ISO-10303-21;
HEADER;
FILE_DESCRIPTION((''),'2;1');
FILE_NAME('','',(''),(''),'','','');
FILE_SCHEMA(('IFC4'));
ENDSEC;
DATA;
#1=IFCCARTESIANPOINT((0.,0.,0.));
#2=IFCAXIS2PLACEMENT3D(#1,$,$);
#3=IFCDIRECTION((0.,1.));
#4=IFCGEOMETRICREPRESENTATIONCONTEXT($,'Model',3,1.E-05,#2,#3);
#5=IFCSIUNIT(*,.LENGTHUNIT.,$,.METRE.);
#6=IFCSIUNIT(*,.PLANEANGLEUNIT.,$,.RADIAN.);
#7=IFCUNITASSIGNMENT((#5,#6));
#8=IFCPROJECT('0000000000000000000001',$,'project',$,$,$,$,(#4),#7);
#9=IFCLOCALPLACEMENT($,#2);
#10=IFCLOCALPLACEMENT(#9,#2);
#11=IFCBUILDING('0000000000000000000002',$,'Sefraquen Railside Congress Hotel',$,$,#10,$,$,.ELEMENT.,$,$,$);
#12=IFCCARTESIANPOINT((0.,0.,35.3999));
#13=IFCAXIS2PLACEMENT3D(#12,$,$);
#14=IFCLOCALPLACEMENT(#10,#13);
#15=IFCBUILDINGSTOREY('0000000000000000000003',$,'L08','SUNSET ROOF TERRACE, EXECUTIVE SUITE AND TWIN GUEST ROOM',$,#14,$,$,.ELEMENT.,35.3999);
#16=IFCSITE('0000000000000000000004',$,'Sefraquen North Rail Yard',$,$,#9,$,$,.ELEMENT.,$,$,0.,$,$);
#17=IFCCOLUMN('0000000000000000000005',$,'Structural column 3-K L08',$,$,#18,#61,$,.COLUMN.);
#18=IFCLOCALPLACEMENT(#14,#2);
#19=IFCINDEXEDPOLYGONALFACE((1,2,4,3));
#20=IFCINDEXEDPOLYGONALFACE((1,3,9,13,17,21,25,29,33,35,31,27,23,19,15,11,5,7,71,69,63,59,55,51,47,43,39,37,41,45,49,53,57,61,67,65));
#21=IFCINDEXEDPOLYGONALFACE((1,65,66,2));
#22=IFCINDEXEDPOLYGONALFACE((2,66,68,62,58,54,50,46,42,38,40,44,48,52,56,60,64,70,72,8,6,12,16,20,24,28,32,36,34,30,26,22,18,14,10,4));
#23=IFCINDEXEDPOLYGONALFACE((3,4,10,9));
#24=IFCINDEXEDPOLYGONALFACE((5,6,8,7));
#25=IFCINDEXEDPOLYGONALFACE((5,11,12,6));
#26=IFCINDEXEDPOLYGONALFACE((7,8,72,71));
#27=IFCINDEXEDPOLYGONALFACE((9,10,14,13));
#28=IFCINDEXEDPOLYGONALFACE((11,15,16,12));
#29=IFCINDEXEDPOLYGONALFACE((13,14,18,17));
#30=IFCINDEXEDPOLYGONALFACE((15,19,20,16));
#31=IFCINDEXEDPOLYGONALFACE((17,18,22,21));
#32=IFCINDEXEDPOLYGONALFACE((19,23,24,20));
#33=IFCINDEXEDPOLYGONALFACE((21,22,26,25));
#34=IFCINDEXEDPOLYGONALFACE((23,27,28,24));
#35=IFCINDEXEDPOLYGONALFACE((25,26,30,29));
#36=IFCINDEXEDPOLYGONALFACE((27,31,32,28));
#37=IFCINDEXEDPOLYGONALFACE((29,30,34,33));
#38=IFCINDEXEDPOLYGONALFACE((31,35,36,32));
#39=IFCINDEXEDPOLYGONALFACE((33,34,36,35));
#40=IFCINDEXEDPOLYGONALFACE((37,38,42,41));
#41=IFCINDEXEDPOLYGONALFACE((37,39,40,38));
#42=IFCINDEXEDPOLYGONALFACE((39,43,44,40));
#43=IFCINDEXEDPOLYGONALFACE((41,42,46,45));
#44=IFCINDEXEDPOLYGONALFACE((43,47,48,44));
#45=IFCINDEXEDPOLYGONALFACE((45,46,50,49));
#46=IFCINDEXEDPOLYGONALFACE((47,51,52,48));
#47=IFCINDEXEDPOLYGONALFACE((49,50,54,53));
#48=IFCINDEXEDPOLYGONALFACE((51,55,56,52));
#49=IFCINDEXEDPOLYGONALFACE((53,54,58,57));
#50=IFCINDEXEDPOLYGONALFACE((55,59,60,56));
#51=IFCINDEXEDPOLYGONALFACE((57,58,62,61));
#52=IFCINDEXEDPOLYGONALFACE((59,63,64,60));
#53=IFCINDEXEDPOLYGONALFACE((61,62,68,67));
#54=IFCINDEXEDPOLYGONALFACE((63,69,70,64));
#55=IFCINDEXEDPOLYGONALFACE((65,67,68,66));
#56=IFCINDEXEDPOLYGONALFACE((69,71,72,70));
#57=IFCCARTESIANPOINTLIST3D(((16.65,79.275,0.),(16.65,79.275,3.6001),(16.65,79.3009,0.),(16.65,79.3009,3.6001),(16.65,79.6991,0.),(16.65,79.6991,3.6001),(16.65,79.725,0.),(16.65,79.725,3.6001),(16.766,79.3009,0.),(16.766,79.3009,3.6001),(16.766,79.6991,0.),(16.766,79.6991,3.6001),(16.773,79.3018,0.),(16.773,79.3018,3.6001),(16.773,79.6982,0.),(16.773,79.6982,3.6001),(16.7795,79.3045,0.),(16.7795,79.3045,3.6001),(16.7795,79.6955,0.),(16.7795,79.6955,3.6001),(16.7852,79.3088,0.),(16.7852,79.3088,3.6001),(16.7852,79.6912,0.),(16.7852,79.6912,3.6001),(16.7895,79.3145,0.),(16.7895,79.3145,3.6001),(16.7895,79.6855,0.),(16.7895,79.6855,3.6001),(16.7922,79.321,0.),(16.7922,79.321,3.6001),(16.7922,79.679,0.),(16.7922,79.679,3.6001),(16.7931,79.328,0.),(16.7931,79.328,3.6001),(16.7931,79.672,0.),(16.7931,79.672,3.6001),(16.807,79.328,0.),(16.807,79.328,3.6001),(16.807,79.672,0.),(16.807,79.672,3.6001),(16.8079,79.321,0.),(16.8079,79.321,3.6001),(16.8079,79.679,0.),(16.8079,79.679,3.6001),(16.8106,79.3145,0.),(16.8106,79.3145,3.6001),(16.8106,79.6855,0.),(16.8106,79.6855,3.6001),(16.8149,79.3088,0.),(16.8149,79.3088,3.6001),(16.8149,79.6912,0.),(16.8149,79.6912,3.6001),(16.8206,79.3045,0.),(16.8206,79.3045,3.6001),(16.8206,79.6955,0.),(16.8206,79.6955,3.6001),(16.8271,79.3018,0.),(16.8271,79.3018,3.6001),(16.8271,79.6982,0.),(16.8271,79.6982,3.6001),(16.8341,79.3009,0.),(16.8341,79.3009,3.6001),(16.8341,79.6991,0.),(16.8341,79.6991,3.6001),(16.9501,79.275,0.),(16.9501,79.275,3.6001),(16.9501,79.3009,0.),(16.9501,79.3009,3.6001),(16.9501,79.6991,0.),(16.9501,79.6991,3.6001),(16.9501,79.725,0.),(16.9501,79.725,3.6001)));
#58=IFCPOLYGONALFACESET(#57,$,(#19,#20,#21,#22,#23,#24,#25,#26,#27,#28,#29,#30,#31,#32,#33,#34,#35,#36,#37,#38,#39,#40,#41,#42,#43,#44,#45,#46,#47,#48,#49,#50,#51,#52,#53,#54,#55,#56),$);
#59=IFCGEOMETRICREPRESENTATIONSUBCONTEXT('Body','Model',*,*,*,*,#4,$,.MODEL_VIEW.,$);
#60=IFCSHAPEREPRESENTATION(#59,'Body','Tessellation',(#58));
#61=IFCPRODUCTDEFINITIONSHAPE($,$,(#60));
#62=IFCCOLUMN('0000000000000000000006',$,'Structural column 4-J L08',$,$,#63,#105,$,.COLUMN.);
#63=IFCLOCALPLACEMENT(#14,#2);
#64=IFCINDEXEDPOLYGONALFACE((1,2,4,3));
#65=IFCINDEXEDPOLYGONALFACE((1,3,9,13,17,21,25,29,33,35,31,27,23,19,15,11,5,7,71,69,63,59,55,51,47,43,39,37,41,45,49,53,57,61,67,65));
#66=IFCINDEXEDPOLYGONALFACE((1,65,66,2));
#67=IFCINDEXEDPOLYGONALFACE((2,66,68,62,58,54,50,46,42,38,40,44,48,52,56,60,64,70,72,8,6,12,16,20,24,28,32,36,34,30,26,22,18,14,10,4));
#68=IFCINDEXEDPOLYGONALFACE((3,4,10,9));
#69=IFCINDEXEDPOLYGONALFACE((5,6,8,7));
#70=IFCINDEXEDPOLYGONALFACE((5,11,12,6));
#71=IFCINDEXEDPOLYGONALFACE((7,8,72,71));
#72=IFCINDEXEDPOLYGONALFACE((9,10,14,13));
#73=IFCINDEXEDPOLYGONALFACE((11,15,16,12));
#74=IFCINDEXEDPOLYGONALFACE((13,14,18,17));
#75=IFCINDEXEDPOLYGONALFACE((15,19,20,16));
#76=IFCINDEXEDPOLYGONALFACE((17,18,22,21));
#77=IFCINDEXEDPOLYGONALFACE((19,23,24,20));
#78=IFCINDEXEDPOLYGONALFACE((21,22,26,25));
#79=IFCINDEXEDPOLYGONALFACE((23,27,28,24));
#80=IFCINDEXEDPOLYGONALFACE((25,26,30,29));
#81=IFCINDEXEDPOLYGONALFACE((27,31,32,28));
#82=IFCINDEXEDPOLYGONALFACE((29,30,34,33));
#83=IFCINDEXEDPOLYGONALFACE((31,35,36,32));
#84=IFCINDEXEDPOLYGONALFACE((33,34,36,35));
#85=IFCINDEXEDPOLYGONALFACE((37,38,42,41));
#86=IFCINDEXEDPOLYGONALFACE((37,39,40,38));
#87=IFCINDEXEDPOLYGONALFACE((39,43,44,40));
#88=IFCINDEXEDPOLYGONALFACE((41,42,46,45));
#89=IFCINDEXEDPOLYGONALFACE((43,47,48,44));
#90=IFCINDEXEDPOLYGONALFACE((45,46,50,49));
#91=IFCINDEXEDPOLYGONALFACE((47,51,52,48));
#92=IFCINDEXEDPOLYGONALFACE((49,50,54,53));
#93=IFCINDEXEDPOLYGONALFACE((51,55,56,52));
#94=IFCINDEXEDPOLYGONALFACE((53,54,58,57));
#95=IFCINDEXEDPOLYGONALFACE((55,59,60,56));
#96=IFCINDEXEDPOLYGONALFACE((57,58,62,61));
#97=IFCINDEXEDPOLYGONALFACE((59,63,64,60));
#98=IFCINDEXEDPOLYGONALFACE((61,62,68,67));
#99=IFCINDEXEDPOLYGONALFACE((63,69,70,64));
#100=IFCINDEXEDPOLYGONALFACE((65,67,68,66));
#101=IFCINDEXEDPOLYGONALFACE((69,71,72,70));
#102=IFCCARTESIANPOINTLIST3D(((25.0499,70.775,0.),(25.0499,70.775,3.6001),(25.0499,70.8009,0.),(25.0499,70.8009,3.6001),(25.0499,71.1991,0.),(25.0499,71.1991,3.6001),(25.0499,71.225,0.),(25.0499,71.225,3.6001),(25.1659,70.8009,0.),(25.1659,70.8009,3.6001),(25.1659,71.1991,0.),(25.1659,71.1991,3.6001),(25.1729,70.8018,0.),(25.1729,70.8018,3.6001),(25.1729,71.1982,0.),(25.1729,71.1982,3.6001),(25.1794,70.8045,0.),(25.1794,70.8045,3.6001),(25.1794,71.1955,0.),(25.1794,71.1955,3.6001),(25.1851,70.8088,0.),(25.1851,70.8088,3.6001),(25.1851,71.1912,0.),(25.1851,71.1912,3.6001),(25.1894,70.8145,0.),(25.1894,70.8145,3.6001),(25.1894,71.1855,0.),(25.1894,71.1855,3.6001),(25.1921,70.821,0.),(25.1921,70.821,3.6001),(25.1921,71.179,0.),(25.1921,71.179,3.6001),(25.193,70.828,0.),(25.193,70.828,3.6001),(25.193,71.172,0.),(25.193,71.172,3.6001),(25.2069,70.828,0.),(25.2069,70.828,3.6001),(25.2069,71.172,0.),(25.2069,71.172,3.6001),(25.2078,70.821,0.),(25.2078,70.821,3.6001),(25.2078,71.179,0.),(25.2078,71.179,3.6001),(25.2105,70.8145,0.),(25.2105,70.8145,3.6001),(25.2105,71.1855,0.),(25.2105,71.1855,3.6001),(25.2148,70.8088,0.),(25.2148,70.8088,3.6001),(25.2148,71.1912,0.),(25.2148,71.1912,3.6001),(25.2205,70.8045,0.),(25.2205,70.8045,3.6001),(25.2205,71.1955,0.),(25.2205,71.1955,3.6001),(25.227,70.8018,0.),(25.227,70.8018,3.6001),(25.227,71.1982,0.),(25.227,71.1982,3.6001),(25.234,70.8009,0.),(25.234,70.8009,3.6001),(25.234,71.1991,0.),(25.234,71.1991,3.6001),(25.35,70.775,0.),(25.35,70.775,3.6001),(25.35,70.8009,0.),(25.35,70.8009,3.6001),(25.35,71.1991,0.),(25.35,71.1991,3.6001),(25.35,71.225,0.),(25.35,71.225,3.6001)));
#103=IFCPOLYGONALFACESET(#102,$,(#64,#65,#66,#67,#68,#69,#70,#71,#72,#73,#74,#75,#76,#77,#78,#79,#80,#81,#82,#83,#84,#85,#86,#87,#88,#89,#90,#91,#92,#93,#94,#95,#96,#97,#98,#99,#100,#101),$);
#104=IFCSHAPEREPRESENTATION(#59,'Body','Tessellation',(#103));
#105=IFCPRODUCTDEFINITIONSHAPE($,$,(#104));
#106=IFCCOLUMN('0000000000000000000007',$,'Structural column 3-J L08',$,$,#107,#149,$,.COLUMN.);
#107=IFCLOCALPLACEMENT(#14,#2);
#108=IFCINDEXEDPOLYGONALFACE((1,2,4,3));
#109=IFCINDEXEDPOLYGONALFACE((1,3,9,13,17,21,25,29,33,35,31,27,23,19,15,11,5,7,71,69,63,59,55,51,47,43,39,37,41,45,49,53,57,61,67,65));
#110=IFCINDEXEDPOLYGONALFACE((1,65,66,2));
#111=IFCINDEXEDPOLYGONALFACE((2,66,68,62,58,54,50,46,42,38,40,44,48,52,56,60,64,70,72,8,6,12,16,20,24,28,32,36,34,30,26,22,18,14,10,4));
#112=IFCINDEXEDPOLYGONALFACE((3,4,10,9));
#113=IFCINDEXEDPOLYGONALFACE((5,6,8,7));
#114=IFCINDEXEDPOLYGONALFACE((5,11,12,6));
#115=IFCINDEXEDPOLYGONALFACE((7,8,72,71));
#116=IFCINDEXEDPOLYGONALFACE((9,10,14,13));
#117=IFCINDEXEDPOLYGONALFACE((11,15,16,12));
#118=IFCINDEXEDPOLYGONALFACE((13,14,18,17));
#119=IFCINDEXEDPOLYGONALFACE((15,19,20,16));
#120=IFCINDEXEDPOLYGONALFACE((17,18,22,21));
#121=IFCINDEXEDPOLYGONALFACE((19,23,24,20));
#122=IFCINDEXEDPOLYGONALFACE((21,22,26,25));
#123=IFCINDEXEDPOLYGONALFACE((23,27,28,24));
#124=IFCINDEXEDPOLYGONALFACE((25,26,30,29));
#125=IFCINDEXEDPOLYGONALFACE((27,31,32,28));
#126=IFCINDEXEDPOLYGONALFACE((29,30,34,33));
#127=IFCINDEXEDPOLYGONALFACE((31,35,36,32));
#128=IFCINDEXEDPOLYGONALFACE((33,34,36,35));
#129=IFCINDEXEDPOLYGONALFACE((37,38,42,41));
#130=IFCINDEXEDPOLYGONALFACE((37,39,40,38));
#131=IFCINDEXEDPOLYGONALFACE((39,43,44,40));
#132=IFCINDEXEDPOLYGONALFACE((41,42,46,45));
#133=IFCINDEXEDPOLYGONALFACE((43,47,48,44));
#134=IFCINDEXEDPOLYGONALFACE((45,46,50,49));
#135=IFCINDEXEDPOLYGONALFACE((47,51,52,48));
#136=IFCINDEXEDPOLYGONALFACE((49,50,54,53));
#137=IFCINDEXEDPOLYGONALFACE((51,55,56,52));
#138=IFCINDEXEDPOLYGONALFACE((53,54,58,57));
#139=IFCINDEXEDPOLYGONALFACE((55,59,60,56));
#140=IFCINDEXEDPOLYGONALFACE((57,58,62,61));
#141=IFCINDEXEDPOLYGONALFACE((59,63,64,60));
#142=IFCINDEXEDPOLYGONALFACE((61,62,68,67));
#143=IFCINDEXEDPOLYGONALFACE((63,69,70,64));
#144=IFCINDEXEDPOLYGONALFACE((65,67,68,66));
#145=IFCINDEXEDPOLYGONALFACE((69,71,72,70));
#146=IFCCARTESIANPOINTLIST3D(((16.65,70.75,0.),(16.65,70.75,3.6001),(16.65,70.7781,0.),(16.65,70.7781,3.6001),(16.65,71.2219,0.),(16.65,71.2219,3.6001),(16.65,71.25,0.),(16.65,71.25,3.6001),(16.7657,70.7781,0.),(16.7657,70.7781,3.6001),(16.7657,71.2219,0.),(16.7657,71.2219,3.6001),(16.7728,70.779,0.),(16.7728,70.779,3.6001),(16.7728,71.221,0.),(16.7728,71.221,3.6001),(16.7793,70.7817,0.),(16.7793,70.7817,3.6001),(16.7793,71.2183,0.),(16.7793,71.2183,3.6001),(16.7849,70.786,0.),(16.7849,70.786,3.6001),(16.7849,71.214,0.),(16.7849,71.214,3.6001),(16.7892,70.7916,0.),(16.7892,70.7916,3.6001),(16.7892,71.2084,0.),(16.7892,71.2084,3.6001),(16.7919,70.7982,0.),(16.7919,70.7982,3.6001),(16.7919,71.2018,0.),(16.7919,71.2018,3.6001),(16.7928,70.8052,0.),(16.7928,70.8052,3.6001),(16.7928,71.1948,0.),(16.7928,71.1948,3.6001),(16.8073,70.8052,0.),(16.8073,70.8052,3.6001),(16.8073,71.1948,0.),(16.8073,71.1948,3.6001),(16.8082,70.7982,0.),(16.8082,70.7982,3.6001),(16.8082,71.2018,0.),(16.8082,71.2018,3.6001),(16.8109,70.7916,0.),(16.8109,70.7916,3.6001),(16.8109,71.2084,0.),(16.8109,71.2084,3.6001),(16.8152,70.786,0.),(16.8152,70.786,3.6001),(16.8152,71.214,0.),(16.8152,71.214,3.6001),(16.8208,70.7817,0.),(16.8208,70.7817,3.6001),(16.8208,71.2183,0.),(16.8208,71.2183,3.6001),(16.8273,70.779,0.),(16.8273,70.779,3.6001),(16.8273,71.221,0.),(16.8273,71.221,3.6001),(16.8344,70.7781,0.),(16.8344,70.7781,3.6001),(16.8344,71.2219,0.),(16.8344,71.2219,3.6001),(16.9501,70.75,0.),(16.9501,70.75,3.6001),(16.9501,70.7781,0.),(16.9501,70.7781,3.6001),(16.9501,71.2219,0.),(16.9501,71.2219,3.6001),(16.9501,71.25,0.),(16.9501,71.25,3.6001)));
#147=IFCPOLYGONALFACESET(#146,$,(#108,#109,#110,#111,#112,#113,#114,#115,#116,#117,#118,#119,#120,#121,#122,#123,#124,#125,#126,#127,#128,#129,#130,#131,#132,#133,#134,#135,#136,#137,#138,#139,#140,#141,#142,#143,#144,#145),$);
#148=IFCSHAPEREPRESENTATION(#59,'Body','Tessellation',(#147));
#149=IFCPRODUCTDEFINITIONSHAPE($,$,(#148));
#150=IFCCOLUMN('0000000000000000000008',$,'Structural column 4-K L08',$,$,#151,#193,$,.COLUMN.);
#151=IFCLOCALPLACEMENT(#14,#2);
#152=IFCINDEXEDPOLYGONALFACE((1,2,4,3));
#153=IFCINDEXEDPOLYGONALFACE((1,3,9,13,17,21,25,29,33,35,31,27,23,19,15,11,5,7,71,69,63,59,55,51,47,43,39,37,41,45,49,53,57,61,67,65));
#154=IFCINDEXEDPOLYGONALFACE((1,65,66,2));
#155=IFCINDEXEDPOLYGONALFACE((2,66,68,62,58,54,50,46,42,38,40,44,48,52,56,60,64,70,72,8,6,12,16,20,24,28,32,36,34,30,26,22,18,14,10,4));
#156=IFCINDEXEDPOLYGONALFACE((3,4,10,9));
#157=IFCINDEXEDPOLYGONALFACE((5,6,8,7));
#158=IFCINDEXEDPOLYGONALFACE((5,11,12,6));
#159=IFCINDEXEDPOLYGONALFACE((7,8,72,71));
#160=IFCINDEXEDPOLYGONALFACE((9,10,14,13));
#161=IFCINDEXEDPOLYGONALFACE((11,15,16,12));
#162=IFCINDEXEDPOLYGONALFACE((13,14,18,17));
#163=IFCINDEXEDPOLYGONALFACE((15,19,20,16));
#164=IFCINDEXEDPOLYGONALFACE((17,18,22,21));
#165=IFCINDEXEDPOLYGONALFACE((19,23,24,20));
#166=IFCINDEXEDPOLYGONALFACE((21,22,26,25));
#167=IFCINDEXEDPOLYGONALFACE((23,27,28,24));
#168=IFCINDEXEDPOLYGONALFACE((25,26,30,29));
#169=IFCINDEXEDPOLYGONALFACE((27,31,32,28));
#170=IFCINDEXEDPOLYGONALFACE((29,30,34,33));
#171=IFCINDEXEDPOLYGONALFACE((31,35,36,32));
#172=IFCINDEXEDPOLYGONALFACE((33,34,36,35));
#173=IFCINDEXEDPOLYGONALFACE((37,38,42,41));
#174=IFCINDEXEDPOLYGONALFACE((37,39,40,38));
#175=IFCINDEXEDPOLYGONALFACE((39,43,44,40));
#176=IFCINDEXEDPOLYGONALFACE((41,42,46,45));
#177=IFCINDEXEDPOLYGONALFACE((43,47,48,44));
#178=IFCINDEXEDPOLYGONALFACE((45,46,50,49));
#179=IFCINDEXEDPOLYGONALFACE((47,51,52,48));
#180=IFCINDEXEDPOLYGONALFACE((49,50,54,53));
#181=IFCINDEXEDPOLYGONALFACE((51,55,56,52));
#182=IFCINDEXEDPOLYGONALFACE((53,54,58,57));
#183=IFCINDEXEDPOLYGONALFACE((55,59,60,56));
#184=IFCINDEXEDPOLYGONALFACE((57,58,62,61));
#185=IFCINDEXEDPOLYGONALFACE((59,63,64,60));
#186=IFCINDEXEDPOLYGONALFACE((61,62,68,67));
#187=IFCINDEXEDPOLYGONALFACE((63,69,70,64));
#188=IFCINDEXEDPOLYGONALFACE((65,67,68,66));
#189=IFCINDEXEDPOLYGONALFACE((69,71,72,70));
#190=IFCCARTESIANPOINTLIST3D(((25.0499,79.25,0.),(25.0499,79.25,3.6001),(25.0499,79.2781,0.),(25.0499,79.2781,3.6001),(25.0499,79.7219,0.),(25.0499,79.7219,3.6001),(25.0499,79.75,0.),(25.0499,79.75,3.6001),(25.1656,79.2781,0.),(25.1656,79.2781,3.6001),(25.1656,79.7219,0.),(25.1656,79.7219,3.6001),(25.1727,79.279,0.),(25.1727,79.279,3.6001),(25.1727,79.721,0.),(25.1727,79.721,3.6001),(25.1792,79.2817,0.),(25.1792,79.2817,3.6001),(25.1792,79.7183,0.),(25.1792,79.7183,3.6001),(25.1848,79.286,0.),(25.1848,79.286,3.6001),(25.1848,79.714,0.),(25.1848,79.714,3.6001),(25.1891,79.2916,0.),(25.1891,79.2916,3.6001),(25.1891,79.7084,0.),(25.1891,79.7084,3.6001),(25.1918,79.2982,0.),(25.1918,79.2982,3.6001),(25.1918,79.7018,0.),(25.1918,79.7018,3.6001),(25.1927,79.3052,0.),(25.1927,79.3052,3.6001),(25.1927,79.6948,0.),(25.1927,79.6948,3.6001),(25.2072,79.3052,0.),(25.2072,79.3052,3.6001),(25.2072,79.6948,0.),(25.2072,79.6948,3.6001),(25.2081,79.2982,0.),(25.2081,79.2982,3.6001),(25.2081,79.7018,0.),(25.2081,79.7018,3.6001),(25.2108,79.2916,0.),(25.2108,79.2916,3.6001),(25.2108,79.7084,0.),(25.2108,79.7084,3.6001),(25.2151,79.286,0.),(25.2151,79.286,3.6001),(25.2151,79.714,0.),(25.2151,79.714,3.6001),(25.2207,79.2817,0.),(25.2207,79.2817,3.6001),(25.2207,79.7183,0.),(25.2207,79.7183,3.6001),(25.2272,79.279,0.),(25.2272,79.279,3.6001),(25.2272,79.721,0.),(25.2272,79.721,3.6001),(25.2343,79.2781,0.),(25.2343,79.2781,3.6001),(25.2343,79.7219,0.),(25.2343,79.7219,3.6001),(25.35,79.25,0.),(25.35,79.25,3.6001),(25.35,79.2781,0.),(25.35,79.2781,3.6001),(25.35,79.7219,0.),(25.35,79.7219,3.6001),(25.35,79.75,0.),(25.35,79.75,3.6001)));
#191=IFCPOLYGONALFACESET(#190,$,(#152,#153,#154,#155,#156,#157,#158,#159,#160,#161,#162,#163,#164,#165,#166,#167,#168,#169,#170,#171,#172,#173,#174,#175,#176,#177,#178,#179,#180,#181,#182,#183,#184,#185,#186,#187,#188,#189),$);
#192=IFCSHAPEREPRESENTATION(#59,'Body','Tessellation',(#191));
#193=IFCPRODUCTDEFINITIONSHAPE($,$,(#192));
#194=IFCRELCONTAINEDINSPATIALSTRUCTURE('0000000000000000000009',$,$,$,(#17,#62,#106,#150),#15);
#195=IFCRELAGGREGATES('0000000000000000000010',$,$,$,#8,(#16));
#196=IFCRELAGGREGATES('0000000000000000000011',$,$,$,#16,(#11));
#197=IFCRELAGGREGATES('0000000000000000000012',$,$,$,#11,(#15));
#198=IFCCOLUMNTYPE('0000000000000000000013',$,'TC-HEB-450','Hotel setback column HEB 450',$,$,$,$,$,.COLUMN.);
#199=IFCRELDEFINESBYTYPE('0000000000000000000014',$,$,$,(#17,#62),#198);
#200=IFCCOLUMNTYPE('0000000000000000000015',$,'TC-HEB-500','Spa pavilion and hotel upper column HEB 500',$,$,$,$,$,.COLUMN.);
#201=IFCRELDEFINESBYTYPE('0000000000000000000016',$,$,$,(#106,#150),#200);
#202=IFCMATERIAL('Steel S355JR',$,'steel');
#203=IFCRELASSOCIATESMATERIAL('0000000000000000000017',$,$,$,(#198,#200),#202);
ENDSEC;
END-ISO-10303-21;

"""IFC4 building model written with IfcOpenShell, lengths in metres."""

from ifc_helpers import new_model, si_unit, direction, frame, origin, origin_2d, place, context, subcontext, project, spatial, i_section, extrude, material, material_profile, profile_set, type_object, element, save


model = new_model("IFC4")

# Units and contexts
model_context = context("Model", 3, precision=1e-05, world=origin(), true_north=direction((0.0, 1.0)))
body_context = subcontext(model_context, "Body", "Model", "MODEL_VIEW")
ifc_project = project(units=[si_unit("LENGTHUNIT", "METRE"), si_unit("PLANEANGLEUNIT", "RADIAN")], contexts=[model_context])

# Site, building, storey
site_placement = place(None, origin())
site = spatial("IfcSite", under=ifc_project, at=site_placement, Name="Sefraquen North Rail Yard", CompositionType="ELEMENT", RefElevation=0.0)
building_placement = place(site_placement, origin())
building = spatial("IfcBuilding", under=site, at=building_placement, Name="Sefraquen Railside Congress Hotel", CompositionType="ELEMENT")
storey_placement = place(building_placement, frame((0.0, 0.0, 35.3999)))
storey = spatial("IfcBuildingStorey", under=building, at=storey_placement, Name="L08", Description="SUNSET ROOF TERRACE, EXECUTIVE SUITE AND TWIN GUEST ROOM", CompositionType="ELEMENT", Elevation=35.3999)

# Columns
ifc_material_1 = material(Name="Steel S355JR", Category="steel")
ifc_material_profile_1 = material_profile(ifc_material_1, i_section(OverallWidth=0.3, OverallDepth=0.45, WebThickness=0.0139, FlangeThickness=0.0259, FilletRadius=0.0271, at=origin_2d()), Name="HEB 450")
ifc_profile_set_1 = profile_set([ifc_material_profile_1], Name="Steel S355JR")
column_type_1 = type_object("IfcColumnType", Name="TC-HEB-450", Description="Hotel setback column HEB 450", PredefinedType="COLUMN", material=ifc_profile_set_1)
for number, where, z_axis, x_axis, name in (
    (1, (16.8, 79.5, 0.0), (0.0, 0.0, 1.0), (1.0, 0.0, 0.0), "Structural column 3-K L08"),
    (2, (25.2, 71.0, 0.0), (0.0, 0.0, 1.0), (1.0, 0.0, 0.0), "Structural column 4-J L08"),
):
    element("IfcColumn", number, at=place(storey_placement, frame(where, z_axis=z_axis, x_axis=x_axis)), inside=storey, type_object=column_type_1, Name=name, PredefinedType="COLUMN", context=body_context, shape_type="SweptSolid", body=[
        extrude(i_section(OverallWidth=0.3, OverallDepth=0.45, WebThickness=0.0139, FlangeThickness=0.0259, FilletRadius=0.0271, at=origin_2d()), origin(), (0.0, 0.0, 1.0), 3.6001),
    ])
ifc_material_profile_2 = material_profile(ifc_material_1, i_section(OverallWidth=0.3, OverallDepth=0.5, WebThickness=0.0144, FlangeThickness=0.0281, FilletRadius=0.0271, at=origin_2d()), Name="HEB 500")
ifc_profile_set_2 = profile_set([ifc_material_profile_2], Name="Steel S355JR")
column_type_2 = type_object("IfcColumnType", Name="TC-HEB-500", Description="Spa pavilion and hotel upper column HEB 500", PredefinedType="COLUMN", material=ifc_profile_set_2)
for number, where, z_axis, x_axis, name in (
    (3, (16.8, 71.0, 0.0), (0.0, 0.0, 1.0), (1.0, 0.0, 0.0), "Structural column 3-J L08"),
    (4, (25.2, 79.5, 0.0), (0.0, 0.0, 1.0), (1.0, 0.0, 0.0), "Structural column 4-K L08"),
):
    element("IfcColumn", number, at=place(storey_placement, frame(where, z_axis=z_axis, x_axis=x_axis)), inside=storey, type_object=column_type_2, Name=name, PredefinedType="COLUMN", context=body_context, shape_type="SweptSolid", body=[
        extrude(i_section(OverallWidth=0.3, OverallDepth=0.5, WebThickness=0.0144, FlangeThickness=0.0281, FilletRadius=0.0271, at=origin_2d()), origin(), (0.0, 0.0, 1.0), 3.6001),
    ])

save(model, "model.ifc")
